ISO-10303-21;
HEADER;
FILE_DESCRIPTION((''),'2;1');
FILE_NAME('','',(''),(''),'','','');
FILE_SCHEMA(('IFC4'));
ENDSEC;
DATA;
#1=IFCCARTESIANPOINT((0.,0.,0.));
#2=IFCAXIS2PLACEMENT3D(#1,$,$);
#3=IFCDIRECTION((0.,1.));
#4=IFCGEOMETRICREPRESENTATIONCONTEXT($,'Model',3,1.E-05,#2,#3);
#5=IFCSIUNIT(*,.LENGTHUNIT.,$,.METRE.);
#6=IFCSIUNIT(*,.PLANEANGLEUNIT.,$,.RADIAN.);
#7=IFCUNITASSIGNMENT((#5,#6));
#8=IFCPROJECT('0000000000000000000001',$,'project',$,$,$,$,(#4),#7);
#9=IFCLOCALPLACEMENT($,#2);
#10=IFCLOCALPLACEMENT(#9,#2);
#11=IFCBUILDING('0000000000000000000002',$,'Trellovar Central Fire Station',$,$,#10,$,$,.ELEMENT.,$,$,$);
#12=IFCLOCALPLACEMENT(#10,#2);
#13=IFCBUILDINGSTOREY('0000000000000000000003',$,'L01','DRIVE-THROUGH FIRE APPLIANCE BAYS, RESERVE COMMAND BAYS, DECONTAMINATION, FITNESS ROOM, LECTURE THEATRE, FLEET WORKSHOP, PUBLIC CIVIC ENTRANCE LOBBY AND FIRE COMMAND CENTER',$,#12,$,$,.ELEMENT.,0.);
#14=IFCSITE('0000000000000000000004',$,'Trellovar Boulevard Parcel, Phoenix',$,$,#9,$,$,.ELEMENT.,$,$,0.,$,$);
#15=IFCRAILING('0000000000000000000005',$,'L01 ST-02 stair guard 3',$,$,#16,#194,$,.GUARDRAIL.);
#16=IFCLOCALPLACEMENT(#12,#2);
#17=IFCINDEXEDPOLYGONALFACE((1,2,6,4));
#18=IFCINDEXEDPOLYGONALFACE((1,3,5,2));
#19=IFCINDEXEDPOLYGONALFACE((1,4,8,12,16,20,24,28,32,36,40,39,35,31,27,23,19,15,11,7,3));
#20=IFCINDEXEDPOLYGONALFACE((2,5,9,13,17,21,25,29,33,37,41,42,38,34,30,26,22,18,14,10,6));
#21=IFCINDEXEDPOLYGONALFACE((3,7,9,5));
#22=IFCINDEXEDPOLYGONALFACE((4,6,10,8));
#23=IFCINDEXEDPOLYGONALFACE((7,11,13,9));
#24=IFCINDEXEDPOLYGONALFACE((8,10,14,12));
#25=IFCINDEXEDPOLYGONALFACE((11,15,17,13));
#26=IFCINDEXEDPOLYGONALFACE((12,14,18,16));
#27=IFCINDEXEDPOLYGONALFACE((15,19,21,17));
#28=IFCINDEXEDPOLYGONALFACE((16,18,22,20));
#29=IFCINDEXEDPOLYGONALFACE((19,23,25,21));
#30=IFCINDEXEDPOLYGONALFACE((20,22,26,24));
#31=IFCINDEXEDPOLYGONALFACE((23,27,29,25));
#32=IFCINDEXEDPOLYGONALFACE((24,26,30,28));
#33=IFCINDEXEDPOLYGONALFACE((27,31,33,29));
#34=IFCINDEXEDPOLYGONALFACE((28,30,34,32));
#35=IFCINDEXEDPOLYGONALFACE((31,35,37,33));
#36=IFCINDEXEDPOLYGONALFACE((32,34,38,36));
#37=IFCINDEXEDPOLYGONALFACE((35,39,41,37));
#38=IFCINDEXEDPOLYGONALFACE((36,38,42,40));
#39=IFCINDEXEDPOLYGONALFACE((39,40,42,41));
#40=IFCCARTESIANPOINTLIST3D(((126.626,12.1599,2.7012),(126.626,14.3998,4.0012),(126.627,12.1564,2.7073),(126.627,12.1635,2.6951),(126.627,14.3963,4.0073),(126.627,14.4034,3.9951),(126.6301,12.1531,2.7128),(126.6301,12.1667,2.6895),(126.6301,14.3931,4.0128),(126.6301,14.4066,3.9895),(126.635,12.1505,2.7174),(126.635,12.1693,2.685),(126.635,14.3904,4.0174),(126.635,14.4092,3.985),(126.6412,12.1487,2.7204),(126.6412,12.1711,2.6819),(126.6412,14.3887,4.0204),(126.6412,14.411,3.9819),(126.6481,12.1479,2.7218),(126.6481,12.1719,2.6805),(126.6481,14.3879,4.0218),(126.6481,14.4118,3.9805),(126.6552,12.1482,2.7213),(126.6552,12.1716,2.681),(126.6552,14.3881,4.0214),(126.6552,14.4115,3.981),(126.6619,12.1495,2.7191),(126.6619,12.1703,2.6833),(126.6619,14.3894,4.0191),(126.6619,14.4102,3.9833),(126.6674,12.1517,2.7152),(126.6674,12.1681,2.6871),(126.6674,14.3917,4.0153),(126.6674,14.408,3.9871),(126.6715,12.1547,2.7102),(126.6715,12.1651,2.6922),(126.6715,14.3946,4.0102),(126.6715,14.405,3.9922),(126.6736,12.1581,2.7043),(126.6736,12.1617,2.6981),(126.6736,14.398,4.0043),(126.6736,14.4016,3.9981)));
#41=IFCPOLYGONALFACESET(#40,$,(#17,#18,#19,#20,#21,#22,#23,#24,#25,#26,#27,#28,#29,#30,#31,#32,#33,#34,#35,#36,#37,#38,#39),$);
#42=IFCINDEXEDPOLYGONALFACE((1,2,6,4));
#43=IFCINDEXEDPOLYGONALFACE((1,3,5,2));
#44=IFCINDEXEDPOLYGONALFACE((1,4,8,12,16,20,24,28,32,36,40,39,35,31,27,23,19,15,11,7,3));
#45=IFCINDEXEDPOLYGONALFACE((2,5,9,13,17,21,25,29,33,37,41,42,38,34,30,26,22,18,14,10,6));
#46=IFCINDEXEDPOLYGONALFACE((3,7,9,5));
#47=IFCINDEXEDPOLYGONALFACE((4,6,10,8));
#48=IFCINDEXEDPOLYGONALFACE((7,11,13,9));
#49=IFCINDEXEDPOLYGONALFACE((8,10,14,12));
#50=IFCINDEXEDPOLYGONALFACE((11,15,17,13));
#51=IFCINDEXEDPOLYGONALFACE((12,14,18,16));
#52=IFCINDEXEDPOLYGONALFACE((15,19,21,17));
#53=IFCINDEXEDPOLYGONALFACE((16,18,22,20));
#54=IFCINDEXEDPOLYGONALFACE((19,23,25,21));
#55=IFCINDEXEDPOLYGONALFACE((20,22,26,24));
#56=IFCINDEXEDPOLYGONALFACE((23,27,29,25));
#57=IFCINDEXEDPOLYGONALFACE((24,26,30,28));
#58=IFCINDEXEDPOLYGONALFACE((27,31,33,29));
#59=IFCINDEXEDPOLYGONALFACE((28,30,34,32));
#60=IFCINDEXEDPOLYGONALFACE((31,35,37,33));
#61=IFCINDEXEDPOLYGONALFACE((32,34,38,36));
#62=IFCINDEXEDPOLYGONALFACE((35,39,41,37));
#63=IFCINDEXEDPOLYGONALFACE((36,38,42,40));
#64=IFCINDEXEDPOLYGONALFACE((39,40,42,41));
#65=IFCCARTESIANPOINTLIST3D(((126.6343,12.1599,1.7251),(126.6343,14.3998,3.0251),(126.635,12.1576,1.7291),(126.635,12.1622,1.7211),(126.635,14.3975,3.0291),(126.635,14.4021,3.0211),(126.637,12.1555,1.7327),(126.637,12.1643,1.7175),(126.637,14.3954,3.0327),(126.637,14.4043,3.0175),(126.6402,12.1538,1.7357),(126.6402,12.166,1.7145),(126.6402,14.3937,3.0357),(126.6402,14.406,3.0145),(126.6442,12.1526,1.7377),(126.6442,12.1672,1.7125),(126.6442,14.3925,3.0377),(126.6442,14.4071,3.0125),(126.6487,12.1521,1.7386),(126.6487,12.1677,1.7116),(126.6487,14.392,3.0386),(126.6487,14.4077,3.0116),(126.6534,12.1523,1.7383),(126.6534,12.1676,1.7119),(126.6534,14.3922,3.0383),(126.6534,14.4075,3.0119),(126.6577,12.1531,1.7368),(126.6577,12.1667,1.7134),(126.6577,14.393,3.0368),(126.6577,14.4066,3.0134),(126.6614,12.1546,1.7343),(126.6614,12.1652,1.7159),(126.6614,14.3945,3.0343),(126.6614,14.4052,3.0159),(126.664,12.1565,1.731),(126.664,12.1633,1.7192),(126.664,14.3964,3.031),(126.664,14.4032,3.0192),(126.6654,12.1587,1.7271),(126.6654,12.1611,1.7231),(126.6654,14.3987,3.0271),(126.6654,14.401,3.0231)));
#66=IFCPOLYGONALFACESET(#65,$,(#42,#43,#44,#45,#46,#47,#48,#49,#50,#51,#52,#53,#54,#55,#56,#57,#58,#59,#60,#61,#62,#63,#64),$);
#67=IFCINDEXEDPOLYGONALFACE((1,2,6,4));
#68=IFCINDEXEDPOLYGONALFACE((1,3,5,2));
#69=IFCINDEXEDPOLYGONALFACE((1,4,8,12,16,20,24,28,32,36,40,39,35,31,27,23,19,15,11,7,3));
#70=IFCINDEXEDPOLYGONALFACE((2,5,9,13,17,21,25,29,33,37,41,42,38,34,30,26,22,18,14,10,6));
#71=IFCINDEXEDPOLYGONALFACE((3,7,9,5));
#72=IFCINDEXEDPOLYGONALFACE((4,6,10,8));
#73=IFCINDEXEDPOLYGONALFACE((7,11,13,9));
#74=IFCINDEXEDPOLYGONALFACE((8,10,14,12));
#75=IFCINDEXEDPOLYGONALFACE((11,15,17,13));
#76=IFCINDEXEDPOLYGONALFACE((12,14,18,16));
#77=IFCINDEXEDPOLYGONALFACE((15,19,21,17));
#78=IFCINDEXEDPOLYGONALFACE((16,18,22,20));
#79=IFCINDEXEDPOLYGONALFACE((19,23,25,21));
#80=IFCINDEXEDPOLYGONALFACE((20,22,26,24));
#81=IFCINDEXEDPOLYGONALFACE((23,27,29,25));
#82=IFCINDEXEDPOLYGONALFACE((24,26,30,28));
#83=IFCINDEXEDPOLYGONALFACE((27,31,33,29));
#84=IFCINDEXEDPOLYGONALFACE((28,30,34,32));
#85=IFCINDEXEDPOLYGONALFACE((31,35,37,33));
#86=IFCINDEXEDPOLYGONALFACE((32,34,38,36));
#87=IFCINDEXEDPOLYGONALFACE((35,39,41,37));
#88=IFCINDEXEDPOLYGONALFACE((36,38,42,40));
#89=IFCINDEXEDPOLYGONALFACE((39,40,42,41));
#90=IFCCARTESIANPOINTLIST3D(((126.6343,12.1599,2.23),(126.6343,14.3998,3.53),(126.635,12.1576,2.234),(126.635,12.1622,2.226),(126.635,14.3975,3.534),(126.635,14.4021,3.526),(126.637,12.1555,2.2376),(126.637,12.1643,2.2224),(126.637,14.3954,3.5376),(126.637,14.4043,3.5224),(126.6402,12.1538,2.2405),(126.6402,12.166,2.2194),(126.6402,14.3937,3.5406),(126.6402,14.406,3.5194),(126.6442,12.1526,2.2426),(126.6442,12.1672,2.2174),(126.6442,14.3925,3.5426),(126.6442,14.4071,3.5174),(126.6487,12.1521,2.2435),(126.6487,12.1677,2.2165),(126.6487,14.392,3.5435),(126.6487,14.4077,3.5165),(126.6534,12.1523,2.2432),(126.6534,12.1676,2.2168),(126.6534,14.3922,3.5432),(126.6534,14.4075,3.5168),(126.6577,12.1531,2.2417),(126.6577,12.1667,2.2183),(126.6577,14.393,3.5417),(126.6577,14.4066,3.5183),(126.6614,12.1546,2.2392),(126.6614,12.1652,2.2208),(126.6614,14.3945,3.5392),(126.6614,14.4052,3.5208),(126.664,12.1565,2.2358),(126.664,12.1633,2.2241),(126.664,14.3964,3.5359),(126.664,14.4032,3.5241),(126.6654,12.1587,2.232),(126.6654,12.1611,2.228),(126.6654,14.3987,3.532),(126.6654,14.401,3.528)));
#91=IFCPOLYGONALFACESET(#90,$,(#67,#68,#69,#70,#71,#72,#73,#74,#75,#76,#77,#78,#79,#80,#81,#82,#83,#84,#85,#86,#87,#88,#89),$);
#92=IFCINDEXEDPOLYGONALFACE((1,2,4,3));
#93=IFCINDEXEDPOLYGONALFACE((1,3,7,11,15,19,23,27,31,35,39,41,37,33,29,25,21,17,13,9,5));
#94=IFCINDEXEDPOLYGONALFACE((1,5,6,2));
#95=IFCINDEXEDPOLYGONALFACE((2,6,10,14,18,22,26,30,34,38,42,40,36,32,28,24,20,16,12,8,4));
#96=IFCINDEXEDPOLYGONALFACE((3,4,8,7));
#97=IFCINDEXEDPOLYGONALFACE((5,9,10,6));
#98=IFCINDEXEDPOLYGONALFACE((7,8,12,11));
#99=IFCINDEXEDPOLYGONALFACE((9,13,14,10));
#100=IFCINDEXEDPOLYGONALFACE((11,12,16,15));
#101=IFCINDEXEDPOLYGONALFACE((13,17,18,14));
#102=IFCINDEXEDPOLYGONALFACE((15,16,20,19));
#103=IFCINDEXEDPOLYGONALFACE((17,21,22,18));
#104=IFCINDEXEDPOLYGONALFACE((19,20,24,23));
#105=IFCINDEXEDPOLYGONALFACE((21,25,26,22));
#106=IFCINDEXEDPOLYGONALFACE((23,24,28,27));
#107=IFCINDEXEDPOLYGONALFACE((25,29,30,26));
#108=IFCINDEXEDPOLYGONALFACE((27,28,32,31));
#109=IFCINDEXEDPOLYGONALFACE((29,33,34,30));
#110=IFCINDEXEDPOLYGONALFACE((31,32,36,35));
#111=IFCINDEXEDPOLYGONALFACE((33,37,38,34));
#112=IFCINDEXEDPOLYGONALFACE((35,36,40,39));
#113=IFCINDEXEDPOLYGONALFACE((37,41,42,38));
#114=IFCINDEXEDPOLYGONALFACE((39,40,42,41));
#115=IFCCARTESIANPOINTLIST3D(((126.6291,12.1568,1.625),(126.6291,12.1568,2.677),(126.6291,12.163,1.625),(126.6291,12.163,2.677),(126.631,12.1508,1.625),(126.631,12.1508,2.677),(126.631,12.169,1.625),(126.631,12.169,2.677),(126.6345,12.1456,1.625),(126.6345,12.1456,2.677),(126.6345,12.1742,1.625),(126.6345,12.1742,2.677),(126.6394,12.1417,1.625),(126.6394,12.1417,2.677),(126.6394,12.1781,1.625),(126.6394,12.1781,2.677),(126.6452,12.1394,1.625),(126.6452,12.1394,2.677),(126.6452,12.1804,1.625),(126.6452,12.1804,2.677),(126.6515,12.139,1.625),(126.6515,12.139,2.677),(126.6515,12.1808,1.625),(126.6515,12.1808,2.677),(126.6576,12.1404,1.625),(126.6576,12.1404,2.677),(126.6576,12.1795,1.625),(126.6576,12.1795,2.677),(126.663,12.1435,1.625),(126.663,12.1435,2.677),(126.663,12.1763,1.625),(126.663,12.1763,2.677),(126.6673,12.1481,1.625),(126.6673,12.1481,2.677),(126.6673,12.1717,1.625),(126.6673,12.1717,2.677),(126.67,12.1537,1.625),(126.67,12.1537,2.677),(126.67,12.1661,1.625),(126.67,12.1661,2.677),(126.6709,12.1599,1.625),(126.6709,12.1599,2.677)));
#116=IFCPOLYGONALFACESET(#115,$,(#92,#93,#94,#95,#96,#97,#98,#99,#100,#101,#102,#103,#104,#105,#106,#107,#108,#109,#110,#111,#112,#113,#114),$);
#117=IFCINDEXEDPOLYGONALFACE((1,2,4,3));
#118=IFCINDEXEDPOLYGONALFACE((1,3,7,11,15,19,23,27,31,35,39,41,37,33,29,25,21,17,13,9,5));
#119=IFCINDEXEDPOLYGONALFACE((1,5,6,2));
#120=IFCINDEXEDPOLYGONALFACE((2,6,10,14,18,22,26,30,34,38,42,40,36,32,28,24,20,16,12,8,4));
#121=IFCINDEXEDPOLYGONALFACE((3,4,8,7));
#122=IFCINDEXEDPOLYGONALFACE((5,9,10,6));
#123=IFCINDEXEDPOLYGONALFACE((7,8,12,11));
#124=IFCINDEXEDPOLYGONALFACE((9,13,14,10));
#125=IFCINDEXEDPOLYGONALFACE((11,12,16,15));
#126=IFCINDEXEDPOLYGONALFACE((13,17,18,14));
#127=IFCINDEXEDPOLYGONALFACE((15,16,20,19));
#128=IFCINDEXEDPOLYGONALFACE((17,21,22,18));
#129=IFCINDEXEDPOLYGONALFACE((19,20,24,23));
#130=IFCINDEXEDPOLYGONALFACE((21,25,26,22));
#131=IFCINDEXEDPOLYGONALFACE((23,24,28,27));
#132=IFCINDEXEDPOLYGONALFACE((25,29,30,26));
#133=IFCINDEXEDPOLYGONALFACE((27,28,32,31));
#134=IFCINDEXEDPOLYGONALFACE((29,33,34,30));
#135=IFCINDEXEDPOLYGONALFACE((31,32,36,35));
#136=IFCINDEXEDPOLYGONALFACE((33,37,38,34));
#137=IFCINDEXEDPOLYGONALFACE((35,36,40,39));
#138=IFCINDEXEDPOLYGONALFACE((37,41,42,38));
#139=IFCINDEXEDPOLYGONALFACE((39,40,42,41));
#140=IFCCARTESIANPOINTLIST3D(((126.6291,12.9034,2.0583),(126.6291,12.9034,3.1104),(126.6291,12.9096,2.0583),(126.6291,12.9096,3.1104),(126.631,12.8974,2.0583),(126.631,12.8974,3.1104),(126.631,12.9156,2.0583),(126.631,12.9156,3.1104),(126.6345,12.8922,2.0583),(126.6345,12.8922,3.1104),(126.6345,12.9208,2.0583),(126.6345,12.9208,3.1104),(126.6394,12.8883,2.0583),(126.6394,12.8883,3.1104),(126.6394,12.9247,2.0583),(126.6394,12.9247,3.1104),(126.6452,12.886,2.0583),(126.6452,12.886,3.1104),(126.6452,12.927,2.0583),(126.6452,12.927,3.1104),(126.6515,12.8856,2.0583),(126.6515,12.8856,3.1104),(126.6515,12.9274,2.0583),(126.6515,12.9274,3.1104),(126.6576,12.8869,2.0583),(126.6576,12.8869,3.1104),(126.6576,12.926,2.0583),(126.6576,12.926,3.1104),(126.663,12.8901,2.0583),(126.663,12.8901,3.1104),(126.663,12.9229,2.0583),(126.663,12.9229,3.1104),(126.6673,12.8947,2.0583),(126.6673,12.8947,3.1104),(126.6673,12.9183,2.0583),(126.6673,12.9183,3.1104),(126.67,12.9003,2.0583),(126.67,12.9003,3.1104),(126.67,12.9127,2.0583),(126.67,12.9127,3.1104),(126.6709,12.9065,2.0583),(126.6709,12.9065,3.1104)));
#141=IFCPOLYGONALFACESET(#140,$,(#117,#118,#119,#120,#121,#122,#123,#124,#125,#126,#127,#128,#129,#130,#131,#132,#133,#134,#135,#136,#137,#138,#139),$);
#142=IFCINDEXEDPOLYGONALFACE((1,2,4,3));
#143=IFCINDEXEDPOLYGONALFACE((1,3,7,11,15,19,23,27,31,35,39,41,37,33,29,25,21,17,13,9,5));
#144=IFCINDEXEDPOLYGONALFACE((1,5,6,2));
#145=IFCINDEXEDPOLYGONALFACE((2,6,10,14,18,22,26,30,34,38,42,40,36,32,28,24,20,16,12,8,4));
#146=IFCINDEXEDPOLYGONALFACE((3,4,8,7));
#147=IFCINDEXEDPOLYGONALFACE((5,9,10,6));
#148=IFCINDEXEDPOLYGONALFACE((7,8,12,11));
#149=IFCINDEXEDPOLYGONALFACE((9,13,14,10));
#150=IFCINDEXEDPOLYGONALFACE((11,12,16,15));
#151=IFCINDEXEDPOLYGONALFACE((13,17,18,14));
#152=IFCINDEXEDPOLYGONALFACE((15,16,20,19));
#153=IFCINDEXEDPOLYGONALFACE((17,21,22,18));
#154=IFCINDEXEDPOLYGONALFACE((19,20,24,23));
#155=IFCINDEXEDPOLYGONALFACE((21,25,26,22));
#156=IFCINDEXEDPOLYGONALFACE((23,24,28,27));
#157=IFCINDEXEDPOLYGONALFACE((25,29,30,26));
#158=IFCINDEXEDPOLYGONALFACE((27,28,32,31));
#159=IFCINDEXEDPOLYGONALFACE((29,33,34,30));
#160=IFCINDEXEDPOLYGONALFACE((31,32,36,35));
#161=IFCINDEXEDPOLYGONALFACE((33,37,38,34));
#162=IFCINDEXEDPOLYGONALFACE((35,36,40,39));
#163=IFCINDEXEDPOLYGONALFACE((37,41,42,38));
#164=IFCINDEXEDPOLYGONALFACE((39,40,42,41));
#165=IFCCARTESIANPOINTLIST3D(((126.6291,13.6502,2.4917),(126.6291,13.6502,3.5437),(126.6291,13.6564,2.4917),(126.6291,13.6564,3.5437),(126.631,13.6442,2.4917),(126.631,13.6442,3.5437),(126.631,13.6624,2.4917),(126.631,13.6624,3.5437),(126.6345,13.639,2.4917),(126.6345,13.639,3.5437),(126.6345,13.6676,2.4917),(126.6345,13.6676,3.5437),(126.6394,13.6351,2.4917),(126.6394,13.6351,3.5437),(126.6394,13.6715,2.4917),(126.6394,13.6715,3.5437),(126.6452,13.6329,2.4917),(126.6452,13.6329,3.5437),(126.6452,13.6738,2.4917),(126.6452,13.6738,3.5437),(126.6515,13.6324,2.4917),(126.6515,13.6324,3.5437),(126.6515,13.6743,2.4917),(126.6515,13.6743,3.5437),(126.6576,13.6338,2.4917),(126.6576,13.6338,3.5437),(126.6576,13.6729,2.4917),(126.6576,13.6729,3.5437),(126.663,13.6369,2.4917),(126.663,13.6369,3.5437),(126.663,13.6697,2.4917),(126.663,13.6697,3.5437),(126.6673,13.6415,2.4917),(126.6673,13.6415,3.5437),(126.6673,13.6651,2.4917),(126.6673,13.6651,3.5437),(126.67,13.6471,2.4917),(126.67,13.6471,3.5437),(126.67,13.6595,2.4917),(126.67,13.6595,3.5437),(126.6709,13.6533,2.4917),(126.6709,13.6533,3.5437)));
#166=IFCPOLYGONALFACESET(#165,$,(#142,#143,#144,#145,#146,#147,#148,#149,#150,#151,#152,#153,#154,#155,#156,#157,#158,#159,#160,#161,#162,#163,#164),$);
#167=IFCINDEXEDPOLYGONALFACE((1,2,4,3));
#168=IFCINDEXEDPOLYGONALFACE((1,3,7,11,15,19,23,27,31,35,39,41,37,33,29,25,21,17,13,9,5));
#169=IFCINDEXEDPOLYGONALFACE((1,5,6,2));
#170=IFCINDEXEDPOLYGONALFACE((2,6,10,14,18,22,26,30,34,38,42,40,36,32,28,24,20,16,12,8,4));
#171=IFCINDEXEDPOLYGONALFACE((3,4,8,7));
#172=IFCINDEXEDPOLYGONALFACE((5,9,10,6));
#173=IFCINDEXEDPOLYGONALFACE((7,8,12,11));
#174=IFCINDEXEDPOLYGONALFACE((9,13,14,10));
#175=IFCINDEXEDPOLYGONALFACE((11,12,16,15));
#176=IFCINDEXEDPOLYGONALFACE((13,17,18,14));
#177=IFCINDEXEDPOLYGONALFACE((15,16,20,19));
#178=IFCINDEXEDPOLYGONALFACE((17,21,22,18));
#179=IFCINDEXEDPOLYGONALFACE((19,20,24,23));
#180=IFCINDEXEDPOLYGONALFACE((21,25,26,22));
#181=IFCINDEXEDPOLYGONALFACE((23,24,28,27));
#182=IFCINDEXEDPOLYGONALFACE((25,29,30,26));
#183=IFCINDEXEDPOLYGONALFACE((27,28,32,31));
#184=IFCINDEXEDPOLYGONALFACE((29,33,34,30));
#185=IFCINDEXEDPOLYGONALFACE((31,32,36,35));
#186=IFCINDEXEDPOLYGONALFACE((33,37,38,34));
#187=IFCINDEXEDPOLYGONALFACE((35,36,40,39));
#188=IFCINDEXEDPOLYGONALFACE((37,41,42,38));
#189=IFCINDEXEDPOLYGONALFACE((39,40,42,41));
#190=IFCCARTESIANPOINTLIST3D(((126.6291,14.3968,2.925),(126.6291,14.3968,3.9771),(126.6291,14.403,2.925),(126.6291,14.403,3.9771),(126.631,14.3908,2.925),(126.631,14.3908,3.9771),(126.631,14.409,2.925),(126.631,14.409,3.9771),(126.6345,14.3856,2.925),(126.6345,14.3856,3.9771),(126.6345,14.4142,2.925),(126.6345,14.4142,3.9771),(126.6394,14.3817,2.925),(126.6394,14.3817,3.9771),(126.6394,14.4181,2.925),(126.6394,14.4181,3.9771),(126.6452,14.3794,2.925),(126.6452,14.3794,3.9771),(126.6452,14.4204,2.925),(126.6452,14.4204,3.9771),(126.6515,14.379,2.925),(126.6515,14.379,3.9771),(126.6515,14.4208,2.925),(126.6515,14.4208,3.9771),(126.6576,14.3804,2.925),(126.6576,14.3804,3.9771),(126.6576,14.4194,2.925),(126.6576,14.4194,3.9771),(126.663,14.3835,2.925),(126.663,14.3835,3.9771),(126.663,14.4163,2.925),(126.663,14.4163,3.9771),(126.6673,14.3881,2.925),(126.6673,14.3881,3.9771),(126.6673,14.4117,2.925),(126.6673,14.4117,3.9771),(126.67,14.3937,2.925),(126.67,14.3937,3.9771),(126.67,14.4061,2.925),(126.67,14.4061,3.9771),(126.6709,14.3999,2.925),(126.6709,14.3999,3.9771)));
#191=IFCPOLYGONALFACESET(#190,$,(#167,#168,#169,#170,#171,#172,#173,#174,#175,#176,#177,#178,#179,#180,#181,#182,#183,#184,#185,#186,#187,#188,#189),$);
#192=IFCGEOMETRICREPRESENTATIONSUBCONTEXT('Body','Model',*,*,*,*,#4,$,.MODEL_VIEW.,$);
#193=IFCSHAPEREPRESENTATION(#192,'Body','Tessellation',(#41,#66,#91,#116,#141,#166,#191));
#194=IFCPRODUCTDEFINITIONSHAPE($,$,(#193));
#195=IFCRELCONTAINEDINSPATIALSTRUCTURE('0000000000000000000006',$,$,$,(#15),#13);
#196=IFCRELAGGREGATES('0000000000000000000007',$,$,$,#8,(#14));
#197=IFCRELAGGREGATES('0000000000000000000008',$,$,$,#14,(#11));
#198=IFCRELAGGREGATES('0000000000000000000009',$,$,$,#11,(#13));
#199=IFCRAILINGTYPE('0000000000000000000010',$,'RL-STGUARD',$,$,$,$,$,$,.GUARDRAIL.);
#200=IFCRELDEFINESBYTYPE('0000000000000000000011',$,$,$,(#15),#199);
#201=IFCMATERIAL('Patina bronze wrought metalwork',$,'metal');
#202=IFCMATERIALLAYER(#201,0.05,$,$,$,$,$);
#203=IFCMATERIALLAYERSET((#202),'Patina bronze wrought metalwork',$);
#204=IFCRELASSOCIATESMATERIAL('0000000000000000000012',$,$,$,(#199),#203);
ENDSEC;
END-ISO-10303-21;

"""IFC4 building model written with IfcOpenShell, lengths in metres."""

from ifc_helpers import new_model, si_unit, direction, frame, origin, origin_2d, place, context, subcontext, project, spatial, circle, extrude, material, layer, layer_set, type_object, element, save


model = new_model("IFC4")

# Units and contexts
model_context = context("Model", 3, precision=1e-05, world=origin(), true_north=direction((0.0, 1.0)))
body_context = subcontext(model_context, "Body", "Model", "MODEL_VIEW")
ifc_project = project(units=[si_unit("LENGTHUNIT", "METRE"), si_unit("PLANEANGLEUNIT", "RADIAN")], contexts=[model_context])

# Site, building, storey
site_placement = place(None, origin())
site = spatial("IfcSite", under=ifc_project, at=site_placement, Name="Trellovar Boulevard Parcel, Phoenix", CompositionType="ELEMENT", RefElevation=0.0)
building_placement = place(site_placement, origin())
building = spatial("IfcBuilding", under=site, at=building_placement, Name="Trellovar Central Fire Station", CompositionType="ELEMENT")
storey_placement = place(building_placement, origin())
storey = spatial("IfcBuildingStorey", under=building, at=storey_placement, Name="L01", Description="DRIVE-THROUGH FIRE APPLIANCE BAYS, RESERVE COMMAND BAYS, DECONTAMINATION, FITNESS ROOM, LECTURE THEATRE, FLEET WORKSHOP, PUBLIC CIVIC ENTRANCE LOBBY AND FIRE COMMAND CENTER", CompositionType="ELEMENT", Elevation=0.0)

# Railing
ifc_material_1 = material(Name="Patina bronze wrought metalwork", Category="metal")
ifc_layer_1 = layer(ifc_material_1, 0.05)
ifc_layer_set_1 = layer_set([ifc_layer_1], Name="Patina bronze wrought metalwork")
railing_type_1 = type_object("IfcRailingType", Name="RL-STGUARD", PredefinedType="GUARDRAIL", material=ifc_layer_set_1)
railing_1_placement = place(storey_placement, frame((126.6499, 12.1599, 1.625)))
element("IfcRailing", 1, at=railing_1_placement, inside=storey, type_object=railing_type_1, Name="L01 ST-02 stair guard 3", PredefinedType="GUARDRAIL", context=body_context, shape_type="SweptSolid", body=[
    extrude(circle(Radius=0.0239, at=origin_2d()), frame((0.0, 0.0, 1.0762), z_axis=(0.0, 0.864888, 0.501965), x_axis=(-1.0, 0.0, 0.0)), (0.0, 0.0, 1.0), 2.5898),
    extrude(circle(Radius=0.0156, at=origin_2d()), frame((0.0, 0.0, 0.1001), z_axis=(0.0, 0.864888, 0.501965), x_axis=(-1.0, 0.0, 0.0)), (0.0, 0.0, 1.0), 2.5898),
    extrude(circle(Radius=0.0156, at=origin_2d()), frame((0.0, 0.0, 0.605), z_axis=(0.0, 0.864888, 0.501965), x_axis=(-1.0, 0.0, 0.0)), (0.0, 0.0, 1.0), 2.5898),
    extrude(circle(Radius=0.021, at=origin_2d()), origin(), (0.0, 0.0, 1.0), 1.052),
    extrude(circle(Radius=0.021, at=origin_2d()), frame((0.0, 0.7466, 0.4333)), (0.0, 0.0, 1.0), 1.052),
    extrude(circle(Radius=0.021, at=origin_2d()), frame((0.0, 1.4934, 0.8667)), (0.0, 0.0, 1.0), 1.052),
    extrude(circle(Radius=0.021, at=origin_2d()), frame((0.0, 2.24, 1.3)), (0.0, 0.0, 1.0), 1.052),
])

save(model, "model.ifc")
